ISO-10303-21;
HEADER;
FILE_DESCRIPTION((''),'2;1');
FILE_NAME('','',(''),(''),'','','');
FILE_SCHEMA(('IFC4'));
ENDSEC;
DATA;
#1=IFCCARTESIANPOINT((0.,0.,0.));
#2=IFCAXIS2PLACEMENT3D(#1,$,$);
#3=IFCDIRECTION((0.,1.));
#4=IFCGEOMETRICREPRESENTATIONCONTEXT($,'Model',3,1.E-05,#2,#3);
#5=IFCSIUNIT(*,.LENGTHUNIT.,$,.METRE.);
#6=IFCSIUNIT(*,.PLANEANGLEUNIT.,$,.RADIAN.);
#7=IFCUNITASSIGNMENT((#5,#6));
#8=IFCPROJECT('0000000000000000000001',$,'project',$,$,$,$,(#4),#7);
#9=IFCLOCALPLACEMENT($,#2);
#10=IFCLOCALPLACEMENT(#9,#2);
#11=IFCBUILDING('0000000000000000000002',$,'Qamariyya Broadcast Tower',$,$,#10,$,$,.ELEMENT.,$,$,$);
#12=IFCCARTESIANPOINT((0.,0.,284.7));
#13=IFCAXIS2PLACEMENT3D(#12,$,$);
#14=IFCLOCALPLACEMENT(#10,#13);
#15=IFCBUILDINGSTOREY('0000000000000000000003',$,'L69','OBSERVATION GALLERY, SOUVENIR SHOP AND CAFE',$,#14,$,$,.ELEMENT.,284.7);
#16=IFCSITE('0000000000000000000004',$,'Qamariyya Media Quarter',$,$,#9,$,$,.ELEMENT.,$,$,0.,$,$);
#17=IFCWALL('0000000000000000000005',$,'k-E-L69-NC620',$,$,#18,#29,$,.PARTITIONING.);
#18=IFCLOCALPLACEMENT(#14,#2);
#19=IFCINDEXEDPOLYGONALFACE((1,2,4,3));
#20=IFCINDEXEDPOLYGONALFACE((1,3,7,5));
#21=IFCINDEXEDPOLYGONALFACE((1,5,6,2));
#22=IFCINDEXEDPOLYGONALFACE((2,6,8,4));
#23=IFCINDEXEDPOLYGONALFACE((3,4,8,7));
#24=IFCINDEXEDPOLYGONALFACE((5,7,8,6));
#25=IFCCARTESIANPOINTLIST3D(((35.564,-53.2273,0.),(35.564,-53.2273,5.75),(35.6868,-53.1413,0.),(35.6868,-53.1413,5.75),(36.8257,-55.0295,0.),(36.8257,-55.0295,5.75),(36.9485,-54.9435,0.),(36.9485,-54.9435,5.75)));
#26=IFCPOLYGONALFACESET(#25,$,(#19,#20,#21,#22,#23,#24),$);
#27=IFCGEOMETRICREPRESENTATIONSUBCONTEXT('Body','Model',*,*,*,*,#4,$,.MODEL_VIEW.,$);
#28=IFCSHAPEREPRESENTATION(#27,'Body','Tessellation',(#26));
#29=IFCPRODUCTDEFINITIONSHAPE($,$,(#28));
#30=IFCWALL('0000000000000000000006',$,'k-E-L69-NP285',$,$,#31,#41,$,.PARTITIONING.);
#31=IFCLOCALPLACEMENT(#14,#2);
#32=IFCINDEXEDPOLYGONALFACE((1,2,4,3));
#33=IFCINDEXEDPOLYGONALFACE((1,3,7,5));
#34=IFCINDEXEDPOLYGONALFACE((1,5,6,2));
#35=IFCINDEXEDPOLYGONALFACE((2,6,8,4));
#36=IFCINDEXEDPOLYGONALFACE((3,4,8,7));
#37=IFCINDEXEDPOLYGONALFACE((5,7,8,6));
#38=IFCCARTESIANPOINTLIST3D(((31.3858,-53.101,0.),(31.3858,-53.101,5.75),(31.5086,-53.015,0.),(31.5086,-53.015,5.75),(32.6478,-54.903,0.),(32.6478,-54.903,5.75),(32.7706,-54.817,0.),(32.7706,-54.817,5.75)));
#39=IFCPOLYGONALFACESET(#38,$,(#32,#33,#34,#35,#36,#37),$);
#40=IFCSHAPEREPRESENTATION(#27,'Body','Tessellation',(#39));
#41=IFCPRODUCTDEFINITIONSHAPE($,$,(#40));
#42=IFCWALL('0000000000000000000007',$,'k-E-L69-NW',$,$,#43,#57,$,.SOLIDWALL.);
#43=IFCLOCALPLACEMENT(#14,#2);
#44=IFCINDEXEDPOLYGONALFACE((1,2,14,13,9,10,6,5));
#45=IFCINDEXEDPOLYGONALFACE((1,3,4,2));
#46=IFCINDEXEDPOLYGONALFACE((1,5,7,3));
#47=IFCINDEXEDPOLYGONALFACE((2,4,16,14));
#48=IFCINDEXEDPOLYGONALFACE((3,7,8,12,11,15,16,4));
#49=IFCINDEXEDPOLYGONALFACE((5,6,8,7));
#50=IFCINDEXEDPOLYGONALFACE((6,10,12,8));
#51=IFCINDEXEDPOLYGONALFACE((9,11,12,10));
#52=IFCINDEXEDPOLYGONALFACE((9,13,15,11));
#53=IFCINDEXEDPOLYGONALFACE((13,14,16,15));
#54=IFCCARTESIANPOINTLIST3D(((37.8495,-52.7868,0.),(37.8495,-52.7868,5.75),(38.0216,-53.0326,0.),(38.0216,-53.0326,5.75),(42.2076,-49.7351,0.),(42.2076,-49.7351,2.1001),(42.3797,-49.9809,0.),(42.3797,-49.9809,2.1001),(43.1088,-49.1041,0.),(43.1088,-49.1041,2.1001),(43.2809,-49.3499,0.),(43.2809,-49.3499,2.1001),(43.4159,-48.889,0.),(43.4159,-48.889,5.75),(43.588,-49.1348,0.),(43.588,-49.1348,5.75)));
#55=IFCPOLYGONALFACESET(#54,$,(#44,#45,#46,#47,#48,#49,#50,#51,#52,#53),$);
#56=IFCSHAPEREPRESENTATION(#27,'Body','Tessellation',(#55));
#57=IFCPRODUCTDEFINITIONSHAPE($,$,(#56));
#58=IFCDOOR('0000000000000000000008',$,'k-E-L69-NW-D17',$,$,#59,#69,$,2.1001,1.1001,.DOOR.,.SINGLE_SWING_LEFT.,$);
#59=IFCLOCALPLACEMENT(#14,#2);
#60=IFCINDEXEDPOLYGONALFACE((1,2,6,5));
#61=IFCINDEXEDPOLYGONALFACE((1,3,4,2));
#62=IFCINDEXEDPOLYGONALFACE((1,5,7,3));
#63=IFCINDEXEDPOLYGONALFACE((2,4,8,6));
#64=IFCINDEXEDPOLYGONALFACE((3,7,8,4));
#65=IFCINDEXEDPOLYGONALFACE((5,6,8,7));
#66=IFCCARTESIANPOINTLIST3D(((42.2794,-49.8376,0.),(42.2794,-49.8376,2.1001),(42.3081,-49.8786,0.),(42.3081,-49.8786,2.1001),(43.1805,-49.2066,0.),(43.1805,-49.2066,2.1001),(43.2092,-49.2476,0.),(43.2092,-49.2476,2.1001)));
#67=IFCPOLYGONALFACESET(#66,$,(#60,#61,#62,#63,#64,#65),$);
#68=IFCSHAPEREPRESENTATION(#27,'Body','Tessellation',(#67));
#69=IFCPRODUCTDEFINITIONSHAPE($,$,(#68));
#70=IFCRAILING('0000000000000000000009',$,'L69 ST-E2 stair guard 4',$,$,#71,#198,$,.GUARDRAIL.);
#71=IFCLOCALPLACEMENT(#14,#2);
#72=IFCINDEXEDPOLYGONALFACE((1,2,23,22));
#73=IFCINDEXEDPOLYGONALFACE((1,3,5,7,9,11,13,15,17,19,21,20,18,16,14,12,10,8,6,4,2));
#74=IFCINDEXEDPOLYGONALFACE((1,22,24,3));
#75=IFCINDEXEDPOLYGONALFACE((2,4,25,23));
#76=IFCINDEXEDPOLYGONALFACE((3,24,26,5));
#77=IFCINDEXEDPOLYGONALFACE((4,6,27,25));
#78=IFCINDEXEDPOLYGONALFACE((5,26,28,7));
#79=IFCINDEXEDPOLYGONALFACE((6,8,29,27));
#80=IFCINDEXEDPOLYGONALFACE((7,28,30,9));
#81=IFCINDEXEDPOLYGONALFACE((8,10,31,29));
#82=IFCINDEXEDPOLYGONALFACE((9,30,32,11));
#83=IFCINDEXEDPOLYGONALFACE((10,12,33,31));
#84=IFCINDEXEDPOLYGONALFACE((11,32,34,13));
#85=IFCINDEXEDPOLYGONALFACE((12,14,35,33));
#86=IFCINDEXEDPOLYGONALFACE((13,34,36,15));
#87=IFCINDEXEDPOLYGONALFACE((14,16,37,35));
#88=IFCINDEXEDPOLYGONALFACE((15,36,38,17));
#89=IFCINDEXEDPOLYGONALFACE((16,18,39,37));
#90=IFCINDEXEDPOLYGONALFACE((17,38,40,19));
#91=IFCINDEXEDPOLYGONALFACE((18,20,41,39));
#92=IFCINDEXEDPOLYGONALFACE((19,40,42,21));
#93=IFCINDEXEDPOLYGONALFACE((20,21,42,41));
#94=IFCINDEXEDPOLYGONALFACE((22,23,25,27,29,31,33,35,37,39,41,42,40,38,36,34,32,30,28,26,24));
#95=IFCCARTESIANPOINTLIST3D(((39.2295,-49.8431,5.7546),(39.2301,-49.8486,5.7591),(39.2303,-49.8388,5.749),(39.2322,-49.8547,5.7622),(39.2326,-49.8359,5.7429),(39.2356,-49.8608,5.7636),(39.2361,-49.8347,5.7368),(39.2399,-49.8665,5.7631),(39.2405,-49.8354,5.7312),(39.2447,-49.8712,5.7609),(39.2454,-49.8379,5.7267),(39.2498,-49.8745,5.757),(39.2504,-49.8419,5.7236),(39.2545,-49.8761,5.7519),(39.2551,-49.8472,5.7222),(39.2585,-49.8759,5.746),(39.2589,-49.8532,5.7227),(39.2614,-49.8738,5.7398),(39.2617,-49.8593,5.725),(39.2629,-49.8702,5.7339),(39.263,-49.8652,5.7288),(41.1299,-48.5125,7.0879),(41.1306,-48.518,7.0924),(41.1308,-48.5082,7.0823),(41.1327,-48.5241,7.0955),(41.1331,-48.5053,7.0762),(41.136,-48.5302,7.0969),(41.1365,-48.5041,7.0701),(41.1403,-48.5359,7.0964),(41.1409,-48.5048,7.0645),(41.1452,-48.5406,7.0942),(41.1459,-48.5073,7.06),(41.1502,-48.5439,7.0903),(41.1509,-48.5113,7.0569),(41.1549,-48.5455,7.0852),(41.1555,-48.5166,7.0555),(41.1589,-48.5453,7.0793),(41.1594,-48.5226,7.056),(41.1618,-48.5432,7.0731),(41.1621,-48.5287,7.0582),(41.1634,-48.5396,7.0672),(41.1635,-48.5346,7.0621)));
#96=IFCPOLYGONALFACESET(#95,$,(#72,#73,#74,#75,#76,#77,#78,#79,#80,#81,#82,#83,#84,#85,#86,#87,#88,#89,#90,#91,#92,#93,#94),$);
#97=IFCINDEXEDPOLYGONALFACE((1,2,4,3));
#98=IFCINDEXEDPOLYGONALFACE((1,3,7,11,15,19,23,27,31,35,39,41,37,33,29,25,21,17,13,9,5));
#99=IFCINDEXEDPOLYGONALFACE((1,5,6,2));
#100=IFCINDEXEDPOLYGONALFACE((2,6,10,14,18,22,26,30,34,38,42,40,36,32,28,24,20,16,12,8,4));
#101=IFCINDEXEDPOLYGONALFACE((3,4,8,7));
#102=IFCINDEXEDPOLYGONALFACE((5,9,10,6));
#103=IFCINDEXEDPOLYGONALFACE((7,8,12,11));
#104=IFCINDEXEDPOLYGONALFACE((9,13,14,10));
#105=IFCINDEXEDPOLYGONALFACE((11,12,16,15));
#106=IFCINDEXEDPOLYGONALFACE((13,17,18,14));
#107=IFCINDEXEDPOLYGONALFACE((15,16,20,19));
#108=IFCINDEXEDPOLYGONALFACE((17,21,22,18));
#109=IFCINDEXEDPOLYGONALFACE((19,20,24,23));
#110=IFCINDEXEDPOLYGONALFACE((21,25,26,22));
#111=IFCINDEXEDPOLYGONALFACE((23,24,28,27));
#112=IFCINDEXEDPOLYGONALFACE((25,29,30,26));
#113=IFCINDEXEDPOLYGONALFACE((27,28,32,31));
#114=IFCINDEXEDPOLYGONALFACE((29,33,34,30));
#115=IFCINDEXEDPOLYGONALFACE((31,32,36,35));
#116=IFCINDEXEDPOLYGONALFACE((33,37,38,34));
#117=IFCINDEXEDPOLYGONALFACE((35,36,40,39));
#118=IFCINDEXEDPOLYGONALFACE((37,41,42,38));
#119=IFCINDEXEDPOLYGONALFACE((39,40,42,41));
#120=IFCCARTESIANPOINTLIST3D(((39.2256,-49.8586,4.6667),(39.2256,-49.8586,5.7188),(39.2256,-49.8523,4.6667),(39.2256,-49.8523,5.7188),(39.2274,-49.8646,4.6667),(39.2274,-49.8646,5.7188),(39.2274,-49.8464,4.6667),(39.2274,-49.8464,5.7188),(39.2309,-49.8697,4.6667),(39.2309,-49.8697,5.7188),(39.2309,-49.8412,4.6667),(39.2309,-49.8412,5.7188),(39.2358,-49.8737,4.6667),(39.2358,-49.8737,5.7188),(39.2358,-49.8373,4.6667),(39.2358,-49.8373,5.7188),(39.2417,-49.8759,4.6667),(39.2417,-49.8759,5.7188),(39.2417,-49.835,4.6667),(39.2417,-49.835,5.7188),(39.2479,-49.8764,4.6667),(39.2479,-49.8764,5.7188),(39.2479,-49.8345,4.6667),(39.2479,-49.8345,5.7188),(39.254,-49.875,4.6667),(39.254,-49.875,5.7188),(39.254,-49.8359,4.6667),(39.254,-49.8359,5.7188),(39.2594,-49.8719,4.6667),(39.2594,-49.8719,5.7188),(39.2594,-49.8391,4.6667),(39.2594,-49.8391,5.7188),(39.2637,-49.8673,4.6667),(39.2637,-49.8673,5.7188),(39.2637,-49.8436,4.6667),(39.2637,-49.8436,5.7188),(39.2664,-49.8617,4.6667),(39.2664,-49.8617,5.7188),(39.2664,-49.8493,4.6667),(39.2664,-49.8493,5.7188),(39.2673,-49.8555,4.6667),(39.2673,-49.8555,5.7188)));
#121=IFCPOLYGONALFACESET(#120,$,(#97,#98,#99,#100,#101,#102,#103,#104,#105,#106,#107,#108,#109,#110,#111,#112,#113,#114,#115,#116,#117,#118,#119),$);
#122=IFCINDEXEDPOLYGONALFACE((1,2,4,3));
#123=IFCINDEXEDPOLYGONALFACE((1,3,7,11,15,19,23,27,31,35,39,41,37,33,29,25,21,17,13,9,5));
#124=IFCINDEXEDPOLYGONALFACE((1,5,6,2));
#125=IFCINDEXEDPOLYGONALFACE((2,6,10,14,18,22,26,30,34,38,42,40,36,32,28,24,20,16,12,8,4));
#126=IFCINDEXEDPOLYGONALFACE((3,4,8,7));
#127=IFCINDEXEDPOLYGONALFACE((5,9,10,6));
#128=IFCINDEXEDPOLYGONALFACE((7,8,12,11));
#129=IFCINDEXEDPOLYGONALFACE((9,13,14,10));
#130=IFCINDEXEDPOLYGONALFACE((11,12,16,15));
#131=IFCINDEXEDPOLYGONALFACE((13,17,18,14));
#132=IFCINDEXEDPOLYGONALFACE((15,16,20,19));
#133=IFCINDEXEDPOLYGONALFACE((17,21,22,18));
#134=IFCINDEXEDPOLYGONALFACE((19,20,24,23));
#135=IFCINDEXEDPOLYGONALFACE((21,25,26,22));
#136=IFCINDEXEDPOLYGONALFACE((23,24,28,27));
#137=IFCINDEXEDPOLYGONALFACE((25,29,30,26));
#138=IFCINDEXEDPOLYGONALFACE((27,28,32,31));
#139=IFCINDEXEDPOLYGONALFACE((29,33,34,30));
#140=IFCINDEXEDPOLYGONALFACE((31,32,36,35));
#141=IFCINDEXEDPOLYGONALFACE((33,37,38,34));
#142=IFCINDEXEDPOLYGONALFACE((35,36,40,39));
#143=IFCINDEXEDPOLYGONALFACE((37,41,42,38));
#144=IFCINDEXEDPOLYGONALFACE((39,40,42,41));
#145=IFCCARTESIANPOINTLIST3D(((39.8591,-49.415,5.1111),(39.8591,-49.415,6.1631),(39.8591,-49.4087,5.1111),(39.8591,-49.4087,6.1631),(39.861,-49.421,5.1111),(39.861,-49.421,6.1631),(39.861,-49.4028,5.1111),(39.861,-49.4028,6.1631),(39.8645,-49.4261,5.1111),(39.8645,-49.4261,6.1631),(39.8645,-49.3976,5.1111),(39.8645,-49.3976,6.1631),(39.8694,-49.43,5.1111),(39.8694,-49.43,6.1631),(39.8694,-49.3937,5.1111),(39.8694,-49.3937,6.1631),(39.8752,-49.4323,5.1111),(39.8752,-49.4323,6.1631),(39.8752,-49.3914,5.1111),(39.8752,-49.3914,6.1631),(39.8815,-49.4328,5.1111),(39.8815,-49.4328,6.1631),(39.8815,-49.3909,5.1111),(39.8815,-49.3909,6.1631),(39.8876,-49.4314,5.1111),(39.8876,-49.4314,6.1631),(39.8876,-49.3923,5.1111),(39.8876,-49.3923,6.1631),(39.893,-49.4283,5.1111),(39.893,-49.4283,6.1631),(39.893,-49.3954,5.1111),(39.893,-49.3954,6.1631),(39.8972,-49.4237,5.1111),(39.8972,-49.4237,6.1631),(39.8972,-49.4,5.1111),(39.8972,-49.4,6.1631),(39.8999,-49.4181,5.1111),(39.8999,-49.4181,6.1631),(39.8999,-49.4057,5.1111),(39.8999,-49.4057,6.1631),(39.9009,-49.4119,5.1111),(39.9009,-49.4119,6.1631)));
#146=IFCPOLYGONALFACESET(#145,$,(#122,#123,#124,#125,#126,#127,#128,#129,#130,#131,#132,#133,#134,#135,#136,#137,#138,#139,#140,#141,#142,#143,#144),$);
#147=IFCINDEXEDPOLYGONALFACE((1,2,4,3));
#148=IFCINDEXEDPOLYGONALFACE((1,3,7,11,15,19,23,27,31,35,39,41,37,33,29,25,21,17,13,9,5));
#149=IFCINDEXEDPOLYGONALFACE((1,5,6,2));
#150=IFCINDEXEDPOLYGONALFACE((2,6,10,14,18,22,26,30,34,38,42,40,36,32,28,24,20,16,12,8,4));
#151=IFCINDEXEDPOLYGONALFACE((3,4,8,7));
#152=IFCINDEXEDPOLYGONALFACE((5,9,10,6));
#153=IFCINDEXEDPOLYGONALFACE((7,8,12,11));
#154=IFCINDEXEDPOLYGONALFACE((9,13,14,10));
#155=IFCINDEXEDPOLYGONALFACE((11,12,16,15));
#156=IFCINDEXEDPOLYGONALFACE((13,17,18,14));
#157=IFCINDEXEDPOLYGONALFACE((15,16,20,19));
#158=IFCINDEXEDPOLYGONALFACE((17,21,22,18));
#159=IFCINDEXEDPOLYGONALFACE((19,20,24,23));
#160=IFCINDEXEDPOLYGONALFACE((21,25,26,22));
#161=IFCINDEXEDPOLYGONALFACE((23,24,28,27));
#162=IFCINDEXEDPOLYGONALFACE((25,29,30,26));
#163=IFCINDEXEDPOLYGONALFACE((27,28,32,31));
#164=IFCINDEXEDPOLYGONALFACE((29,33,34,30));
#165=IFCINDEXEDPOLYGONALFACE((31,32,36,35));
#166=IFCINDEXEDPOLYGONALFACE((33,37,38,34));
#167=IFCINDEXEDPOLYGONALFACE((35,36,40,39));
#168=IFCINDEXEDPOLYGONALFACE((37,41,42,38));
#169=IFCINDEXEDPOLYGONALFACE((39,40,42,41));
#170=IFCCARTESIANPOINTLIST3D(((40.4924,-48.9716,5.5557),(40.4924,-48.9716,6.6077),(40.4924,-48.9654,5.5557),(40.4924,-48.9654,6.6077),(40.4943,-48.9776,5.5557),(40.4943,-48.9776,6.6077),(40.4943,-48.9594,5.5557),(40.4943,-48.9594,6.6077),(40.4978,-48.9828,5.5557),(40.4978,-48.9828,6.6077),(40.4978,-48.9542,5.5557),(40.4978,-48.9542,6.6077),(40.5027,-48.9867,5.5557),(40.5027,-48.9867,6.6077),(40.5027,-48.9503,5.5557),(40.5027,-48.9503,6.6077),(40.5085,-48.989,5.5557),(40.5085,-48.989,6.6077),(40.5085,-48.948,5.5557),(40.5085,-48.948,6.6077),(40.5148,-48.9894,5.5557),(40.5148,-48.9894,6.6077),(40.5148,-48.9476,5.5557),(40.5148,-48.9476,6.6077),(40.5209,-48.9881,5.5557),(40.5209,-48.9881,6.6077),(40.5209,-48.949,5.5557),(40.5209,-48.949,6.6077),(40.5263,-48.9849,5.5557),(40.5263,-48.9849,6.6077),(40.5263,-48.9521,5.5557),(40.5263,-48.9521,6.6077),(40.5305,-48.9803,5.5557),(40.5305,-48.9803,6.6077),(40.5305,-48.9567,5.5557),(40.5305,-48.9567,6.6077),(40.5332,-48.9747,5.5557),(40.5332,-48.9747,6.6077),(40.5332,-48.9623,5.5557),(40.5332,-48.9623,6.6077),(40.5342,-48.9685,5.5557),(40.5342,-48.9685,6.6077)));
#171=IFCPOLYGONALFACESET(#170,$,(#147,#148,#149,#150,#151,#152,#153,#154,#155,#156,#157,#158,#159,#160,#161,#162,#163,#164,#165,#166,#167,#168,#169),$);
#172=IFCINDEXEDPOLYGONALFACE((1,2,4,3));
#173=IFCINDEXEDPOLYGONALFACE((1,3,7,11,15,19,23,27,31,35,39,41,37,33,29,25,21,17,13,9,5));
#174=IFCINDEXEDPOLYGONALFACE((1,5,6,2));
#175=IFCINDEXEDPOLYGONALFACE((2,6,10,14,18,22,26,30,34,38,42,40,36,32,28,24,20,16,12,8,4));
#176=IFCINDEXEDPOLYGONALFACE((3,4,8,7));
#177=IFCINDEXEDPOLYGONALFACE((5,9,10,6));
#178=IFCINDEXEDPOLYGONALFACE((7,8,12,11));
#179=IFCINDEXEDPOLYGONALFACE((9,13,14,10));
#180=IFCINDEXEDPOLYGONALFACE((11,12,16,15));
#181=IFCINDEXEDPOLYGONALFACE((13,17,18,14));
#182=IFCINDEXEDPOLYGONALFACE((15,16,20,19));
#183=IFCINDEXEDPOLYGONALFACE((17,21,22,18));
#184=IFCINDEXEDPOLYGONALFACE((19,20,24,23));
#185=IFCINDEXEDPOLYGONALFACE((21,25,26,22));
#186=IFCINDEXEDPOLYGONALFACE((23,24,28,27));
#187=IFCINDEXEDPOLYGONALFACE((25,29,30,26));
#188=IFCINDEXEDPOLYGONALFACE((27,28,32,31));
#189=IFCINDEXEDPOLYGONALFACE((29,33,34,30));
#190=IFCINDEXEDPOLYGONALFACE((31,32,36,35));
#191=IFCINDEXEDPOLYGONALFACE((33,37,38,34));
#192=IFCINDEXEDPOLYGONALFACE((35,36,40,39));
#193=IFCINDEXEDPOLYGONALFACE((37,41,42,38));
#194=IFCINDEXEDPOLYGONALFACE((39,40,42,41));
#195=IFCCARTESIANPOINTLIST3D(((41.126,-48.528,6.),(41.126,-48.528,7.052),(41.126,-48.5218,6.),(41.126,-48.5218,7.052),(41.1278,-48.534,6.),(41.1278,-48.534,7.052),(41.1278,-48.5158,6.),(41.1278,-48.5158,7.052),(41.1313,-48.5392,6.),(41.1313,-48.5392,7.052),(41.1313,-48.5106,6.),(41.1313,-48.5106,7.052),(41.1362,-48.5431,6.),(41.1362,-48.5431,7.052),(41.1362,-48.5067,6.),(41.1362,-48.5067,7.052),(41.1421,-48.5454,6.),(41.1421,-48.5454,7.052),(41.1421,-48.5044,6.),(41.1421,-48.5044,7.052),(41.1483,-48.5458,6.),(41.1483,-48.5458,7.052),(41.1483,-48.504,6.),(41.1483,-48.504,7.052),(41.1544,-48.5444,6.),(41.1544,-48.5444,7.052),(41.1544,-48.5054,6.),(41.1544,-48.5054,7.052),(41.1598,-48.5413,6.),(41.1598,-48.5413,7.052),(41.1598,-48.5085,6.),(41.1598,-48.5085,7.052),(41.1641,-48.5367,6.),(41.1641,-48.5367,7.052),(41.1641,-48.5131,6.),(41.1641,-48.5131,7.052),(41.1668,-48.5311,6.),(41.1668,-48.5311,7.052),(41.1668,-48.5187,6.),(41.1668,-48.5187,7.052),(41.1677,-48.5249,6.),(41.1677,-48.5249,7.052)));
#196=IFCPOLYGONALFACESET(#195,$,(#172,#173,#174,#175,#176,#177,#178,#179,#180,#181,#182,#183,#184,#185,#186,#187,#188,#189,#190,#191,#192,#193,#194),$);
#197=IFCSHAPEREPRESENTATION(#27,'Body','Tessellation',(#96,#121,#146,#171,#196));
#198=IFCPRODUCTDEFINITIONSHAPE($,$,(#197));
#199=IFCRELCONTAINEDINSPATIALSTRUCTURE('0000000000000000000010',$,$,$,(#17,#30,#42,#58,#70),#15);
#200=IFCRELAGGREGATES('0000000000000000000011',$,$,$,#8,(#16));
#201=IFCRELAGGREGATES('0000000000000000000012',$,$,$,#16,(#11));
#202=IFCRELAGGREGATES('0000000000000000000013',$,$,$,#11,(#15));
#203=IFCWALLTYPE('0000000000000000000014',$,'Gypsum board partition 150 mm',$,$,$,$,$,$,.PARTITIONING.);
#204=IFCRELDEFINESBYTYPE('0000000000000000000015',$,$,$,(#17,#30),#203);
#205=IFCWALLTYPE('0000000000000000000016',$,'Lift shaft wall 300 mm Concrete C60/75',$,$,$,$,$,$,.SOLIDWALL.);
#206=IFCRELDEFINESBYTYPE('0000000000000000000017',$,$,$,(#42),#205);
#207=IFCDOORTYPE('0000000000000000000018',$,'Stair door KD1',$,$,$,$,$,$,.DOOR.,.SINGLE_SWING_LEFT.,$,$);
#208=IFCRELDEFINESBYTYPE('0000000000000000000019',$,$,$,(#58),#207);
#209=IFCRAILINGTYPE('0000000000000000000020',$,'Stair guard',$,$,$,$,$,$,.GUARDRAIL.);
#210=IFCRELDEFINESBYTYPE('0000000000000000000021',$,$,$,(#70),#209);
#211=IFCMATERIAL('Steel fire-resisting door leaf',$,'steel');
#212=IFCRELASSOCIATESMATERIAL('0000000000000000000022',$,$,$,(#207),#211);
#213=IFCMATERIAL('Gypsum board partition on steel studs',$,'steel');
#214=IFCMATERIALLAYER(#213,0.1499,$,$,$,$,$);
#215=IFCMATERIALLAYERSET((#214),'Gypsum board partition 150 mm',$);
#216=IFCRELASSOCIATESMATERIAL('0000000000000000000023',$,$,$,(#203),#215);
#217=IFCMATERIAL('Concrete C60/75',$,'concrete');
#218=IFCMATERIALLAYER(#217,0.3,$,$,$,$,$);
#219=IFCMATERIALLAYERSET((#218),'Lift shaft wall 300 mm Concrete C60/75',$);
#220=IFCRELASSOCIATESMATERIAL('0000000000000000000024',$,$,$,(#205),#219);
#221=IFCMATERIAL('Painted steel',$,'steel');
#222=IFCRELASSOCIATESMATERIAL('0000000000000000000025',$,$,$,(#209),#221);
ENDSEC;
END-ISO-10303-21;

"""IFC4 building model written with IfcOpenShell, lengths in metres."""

from ifc_helpers import new_model, si_unit, direction, frame, frame_2d, origin, origin_2d, place, context, subcontext, project, spatial, rectangle, circle, extrude, material, layer, layer_set, type_object, element, fill, save


model = new_model("IFC4")

# Units and contexts
model_context = context("Model", 3, precision=1e-05, world=origin(), true_north=direction((0.0, 1.0)))
body_context = subcontext(model_context, "Body", "Model", "MODEL_VIEW")
ifc_project = project(units=[si_unit("LENGTHUNIT", "METRE"), si_unit("PLANEANGLEUNIT", "RADIAN")], contexts=[model_context])

# Site, building, storey
site_placement = place(None, origin())
site = spatial("IfcSite", under=ifc_project, at=site_placement, Name="Qamariyya Media Quarter", CompositionType="ELEMENT", RefElevation=0.0)
building_placement = place(site_placement, origin())
building = spatial("IfcBuilding", under=site, at=building_placement, Name="Qamariyya Broadcast Tower", CompositionType="ELEMENT")
storey_placement = place(building_placement, frame((0.0, 0.0, 284.7)))
storey = spatial("IfcBuildingStorey", under=building, at=storey_placement, Name="L69", Description="OBSERVATION GALLERY, SOUVENIR SHOP AND CAFE", CompositionType="ELEMENT", Elevation=284.7)

# Shared definitions
ifc_material_1 = material(Name="Concrete C60/75", Category="concrete")
ifc_material_2 = material(Name="Steel fire-resisting door leaf", Category="steel")
door_type_1 = type_object("IfcDoorType", Name="Stair door KD1", OperationType="SINGLE_SWING_LEFT", PredefinedType="DOOR", material=ifc_material_2)

# Walls
ifc_material_3 = material(Name="Gypsum board partition on steel studs", Category="steel")
ifc_layer_1 = layer(ifc_material_3, 0.1499)
ifc_layer_set_1 = layer_set([ifc_layer_1], Name="Gypsum board partition 150 mm")
wall_type_1 = type_object("IfcWallType", Name="Gypsum board partition 150 mm", PredefinedType="PARTITIONING", material=ifc_layer_set_1)
for number, where, z_axis, x_axis, name in (
    (1, (36.8872, -54.9866, 0.0), (0.0, 0.0, 1.0), (-0.573507, 0.819201, 0.0), "k-E-L69-NC620"),
    (2, (32.7092, -54.8601, 0.0), (0.0, 0.0, 1.0), (-0.573634, 0.819112, 0.0), "k-E-L69-NP285"),
):
    element("IfcWall", number, at=place(storey_placement, frame(where, z_axis=z_axis, x_axis=x_axis)), inside=storey, type_object=wall_type_1, Name=name, PredefinedType="PARTITIONING", context=body_context, shape_type="SweptSolid", body=[
        extrude(rectangle(XDim=2.2, YDim=0.1499, at=frame_2d((1.1001, 0.0))), origin(), (0.0, 0.0, 1.0), 5.75),
    ])

# Wall, opening, door
ifc_layer_2 = layer(ifc_material_1, 0.3)
ifc_layer_set_2 = layer_set([ifc_layer_2], Name="Lift shaft wall 300 mm Concrete C60/75")
wall_type_2 = type_object("IfcWallType", Name="Lift shaft wall 300 mm Concrete C60/75", PredefinedType="SOLIDWALL", material=ifc_layer_set_2)
wall_1_placement = place(storey_placement, frame((37.9355, -52.9097, 0.0), z_axis=(0.0, 0.0, 1.0), x_axis=(0.819148, 0.573583, 0.0)))
wall_1 = element("IfcWall", 3, at=wall_1_placement, inside=storey, type_object=wall_type_2, Name="k-E-L69-NW", PredefinedType="SOLIDWALL", context=body_context, shape_type="SweptSolid", body=[
    extrude(rectangle(XDim=6.7954, YDim=0.3, at=frame_2d((3.3977, 0.0))), origin(), (0.0, 0.0, 1.0), 5.75),
])
opening_1_placement = place(wall_1_placement, frame((5.3203, 0.0, 0.0)))
opening_1 = element("IfcOpeningElement", 4, at=opening_1_placement, cuts=wall_1, PredefinedType="OPENING", context=body_context, shape_type="SweptSolid", body=[
    extrude(rectangle(XDim=1.1001, YDim=2.1001, at=frame_2d((0.55, 1.05))), frame((0.0, 0.1599, 0.0), z_axis=(0.0, -1.0, 0.0), x_axis=(1.0, 0.0, 0.0)), (0.0, 0.0, 1.0), 0.3201),
])
door_1_placement = place(opening_1_placement, origin())
door_1 = element("IfcDoor", 5, at=door_1_placement, inside=storey, type_object=door_type_1, Name="k-E-L69-NW-D17", OperationType="SINGLE_SWING_LEFT", OverallHeight=2.1001, OverallWidth=1.1001, PredefinedType="DOOR", context=body_context, shape_type="SweptSolid", body=[
    extrude(rectangle(XDim=1.1001, YDim=2.1001, at=frame_2d((0.55, 1.05))), frame((0.0, 0.0249, 0.0), z_axis=(0.0, -1.0, 0.0), x_axis=(1.0, 0.0, 0.0)), (0.0, 0.0, 1.0), 0.05),
])
fill(opening_1, door_1)

# Railing
ifc_material_4 = material(Name="Painted steel", Category="steel")
railing_type_1 = type_object("IfcRailingType", Name="Stair guard", PredefinedType="GUARDRAIL", material=ifc_material_4)
railing_1_placement = place(storey_placement, frame((39.2463, -49.8555, 4.6667)))
element("IfcRailing", 6, at=railing_1_placement, inside=storey, type_object=railing_type_1, Name="L69 ST-E2 stair guard 4", PredefinedType="GUARDRAIL", context=body_context, shape_type="SweptSolid", body=[
    extrude(circle(Radius=0.0239, at=origin_2d()), frame((0.0, 0.0, 1.0762), z_axis=(0.710236, 0.497275, 0.498279), x_axis=(-0.573547, 0.819173, 0.0)), (0.0, 0.0, 1.0), 2.6758),
    extrude(circle(Radius=0.021, at=origin_2d()), origin(), (0.0, 0.0, 1.0), 1.052),
    extrude(circle(Radius=0.021, at=origin_2d()), frame((0.6335, 0.4436, 0.4443)), (0.0, 0.0, 1.0), 1.052),
    extrude(circle(Radius=0.021, at=origin_2d()), frame((1.2668, 0.887, 0.8889)), (0.0, 0.0, 1.0), 1.052),
    extrude(circle(Radius=0.021, at=origin_2d()), frame((1.9004, 1.3306, 1.3333)), (0.0, 0.0, 1.0), 1.052),
])

save(model, "model.ifc")
